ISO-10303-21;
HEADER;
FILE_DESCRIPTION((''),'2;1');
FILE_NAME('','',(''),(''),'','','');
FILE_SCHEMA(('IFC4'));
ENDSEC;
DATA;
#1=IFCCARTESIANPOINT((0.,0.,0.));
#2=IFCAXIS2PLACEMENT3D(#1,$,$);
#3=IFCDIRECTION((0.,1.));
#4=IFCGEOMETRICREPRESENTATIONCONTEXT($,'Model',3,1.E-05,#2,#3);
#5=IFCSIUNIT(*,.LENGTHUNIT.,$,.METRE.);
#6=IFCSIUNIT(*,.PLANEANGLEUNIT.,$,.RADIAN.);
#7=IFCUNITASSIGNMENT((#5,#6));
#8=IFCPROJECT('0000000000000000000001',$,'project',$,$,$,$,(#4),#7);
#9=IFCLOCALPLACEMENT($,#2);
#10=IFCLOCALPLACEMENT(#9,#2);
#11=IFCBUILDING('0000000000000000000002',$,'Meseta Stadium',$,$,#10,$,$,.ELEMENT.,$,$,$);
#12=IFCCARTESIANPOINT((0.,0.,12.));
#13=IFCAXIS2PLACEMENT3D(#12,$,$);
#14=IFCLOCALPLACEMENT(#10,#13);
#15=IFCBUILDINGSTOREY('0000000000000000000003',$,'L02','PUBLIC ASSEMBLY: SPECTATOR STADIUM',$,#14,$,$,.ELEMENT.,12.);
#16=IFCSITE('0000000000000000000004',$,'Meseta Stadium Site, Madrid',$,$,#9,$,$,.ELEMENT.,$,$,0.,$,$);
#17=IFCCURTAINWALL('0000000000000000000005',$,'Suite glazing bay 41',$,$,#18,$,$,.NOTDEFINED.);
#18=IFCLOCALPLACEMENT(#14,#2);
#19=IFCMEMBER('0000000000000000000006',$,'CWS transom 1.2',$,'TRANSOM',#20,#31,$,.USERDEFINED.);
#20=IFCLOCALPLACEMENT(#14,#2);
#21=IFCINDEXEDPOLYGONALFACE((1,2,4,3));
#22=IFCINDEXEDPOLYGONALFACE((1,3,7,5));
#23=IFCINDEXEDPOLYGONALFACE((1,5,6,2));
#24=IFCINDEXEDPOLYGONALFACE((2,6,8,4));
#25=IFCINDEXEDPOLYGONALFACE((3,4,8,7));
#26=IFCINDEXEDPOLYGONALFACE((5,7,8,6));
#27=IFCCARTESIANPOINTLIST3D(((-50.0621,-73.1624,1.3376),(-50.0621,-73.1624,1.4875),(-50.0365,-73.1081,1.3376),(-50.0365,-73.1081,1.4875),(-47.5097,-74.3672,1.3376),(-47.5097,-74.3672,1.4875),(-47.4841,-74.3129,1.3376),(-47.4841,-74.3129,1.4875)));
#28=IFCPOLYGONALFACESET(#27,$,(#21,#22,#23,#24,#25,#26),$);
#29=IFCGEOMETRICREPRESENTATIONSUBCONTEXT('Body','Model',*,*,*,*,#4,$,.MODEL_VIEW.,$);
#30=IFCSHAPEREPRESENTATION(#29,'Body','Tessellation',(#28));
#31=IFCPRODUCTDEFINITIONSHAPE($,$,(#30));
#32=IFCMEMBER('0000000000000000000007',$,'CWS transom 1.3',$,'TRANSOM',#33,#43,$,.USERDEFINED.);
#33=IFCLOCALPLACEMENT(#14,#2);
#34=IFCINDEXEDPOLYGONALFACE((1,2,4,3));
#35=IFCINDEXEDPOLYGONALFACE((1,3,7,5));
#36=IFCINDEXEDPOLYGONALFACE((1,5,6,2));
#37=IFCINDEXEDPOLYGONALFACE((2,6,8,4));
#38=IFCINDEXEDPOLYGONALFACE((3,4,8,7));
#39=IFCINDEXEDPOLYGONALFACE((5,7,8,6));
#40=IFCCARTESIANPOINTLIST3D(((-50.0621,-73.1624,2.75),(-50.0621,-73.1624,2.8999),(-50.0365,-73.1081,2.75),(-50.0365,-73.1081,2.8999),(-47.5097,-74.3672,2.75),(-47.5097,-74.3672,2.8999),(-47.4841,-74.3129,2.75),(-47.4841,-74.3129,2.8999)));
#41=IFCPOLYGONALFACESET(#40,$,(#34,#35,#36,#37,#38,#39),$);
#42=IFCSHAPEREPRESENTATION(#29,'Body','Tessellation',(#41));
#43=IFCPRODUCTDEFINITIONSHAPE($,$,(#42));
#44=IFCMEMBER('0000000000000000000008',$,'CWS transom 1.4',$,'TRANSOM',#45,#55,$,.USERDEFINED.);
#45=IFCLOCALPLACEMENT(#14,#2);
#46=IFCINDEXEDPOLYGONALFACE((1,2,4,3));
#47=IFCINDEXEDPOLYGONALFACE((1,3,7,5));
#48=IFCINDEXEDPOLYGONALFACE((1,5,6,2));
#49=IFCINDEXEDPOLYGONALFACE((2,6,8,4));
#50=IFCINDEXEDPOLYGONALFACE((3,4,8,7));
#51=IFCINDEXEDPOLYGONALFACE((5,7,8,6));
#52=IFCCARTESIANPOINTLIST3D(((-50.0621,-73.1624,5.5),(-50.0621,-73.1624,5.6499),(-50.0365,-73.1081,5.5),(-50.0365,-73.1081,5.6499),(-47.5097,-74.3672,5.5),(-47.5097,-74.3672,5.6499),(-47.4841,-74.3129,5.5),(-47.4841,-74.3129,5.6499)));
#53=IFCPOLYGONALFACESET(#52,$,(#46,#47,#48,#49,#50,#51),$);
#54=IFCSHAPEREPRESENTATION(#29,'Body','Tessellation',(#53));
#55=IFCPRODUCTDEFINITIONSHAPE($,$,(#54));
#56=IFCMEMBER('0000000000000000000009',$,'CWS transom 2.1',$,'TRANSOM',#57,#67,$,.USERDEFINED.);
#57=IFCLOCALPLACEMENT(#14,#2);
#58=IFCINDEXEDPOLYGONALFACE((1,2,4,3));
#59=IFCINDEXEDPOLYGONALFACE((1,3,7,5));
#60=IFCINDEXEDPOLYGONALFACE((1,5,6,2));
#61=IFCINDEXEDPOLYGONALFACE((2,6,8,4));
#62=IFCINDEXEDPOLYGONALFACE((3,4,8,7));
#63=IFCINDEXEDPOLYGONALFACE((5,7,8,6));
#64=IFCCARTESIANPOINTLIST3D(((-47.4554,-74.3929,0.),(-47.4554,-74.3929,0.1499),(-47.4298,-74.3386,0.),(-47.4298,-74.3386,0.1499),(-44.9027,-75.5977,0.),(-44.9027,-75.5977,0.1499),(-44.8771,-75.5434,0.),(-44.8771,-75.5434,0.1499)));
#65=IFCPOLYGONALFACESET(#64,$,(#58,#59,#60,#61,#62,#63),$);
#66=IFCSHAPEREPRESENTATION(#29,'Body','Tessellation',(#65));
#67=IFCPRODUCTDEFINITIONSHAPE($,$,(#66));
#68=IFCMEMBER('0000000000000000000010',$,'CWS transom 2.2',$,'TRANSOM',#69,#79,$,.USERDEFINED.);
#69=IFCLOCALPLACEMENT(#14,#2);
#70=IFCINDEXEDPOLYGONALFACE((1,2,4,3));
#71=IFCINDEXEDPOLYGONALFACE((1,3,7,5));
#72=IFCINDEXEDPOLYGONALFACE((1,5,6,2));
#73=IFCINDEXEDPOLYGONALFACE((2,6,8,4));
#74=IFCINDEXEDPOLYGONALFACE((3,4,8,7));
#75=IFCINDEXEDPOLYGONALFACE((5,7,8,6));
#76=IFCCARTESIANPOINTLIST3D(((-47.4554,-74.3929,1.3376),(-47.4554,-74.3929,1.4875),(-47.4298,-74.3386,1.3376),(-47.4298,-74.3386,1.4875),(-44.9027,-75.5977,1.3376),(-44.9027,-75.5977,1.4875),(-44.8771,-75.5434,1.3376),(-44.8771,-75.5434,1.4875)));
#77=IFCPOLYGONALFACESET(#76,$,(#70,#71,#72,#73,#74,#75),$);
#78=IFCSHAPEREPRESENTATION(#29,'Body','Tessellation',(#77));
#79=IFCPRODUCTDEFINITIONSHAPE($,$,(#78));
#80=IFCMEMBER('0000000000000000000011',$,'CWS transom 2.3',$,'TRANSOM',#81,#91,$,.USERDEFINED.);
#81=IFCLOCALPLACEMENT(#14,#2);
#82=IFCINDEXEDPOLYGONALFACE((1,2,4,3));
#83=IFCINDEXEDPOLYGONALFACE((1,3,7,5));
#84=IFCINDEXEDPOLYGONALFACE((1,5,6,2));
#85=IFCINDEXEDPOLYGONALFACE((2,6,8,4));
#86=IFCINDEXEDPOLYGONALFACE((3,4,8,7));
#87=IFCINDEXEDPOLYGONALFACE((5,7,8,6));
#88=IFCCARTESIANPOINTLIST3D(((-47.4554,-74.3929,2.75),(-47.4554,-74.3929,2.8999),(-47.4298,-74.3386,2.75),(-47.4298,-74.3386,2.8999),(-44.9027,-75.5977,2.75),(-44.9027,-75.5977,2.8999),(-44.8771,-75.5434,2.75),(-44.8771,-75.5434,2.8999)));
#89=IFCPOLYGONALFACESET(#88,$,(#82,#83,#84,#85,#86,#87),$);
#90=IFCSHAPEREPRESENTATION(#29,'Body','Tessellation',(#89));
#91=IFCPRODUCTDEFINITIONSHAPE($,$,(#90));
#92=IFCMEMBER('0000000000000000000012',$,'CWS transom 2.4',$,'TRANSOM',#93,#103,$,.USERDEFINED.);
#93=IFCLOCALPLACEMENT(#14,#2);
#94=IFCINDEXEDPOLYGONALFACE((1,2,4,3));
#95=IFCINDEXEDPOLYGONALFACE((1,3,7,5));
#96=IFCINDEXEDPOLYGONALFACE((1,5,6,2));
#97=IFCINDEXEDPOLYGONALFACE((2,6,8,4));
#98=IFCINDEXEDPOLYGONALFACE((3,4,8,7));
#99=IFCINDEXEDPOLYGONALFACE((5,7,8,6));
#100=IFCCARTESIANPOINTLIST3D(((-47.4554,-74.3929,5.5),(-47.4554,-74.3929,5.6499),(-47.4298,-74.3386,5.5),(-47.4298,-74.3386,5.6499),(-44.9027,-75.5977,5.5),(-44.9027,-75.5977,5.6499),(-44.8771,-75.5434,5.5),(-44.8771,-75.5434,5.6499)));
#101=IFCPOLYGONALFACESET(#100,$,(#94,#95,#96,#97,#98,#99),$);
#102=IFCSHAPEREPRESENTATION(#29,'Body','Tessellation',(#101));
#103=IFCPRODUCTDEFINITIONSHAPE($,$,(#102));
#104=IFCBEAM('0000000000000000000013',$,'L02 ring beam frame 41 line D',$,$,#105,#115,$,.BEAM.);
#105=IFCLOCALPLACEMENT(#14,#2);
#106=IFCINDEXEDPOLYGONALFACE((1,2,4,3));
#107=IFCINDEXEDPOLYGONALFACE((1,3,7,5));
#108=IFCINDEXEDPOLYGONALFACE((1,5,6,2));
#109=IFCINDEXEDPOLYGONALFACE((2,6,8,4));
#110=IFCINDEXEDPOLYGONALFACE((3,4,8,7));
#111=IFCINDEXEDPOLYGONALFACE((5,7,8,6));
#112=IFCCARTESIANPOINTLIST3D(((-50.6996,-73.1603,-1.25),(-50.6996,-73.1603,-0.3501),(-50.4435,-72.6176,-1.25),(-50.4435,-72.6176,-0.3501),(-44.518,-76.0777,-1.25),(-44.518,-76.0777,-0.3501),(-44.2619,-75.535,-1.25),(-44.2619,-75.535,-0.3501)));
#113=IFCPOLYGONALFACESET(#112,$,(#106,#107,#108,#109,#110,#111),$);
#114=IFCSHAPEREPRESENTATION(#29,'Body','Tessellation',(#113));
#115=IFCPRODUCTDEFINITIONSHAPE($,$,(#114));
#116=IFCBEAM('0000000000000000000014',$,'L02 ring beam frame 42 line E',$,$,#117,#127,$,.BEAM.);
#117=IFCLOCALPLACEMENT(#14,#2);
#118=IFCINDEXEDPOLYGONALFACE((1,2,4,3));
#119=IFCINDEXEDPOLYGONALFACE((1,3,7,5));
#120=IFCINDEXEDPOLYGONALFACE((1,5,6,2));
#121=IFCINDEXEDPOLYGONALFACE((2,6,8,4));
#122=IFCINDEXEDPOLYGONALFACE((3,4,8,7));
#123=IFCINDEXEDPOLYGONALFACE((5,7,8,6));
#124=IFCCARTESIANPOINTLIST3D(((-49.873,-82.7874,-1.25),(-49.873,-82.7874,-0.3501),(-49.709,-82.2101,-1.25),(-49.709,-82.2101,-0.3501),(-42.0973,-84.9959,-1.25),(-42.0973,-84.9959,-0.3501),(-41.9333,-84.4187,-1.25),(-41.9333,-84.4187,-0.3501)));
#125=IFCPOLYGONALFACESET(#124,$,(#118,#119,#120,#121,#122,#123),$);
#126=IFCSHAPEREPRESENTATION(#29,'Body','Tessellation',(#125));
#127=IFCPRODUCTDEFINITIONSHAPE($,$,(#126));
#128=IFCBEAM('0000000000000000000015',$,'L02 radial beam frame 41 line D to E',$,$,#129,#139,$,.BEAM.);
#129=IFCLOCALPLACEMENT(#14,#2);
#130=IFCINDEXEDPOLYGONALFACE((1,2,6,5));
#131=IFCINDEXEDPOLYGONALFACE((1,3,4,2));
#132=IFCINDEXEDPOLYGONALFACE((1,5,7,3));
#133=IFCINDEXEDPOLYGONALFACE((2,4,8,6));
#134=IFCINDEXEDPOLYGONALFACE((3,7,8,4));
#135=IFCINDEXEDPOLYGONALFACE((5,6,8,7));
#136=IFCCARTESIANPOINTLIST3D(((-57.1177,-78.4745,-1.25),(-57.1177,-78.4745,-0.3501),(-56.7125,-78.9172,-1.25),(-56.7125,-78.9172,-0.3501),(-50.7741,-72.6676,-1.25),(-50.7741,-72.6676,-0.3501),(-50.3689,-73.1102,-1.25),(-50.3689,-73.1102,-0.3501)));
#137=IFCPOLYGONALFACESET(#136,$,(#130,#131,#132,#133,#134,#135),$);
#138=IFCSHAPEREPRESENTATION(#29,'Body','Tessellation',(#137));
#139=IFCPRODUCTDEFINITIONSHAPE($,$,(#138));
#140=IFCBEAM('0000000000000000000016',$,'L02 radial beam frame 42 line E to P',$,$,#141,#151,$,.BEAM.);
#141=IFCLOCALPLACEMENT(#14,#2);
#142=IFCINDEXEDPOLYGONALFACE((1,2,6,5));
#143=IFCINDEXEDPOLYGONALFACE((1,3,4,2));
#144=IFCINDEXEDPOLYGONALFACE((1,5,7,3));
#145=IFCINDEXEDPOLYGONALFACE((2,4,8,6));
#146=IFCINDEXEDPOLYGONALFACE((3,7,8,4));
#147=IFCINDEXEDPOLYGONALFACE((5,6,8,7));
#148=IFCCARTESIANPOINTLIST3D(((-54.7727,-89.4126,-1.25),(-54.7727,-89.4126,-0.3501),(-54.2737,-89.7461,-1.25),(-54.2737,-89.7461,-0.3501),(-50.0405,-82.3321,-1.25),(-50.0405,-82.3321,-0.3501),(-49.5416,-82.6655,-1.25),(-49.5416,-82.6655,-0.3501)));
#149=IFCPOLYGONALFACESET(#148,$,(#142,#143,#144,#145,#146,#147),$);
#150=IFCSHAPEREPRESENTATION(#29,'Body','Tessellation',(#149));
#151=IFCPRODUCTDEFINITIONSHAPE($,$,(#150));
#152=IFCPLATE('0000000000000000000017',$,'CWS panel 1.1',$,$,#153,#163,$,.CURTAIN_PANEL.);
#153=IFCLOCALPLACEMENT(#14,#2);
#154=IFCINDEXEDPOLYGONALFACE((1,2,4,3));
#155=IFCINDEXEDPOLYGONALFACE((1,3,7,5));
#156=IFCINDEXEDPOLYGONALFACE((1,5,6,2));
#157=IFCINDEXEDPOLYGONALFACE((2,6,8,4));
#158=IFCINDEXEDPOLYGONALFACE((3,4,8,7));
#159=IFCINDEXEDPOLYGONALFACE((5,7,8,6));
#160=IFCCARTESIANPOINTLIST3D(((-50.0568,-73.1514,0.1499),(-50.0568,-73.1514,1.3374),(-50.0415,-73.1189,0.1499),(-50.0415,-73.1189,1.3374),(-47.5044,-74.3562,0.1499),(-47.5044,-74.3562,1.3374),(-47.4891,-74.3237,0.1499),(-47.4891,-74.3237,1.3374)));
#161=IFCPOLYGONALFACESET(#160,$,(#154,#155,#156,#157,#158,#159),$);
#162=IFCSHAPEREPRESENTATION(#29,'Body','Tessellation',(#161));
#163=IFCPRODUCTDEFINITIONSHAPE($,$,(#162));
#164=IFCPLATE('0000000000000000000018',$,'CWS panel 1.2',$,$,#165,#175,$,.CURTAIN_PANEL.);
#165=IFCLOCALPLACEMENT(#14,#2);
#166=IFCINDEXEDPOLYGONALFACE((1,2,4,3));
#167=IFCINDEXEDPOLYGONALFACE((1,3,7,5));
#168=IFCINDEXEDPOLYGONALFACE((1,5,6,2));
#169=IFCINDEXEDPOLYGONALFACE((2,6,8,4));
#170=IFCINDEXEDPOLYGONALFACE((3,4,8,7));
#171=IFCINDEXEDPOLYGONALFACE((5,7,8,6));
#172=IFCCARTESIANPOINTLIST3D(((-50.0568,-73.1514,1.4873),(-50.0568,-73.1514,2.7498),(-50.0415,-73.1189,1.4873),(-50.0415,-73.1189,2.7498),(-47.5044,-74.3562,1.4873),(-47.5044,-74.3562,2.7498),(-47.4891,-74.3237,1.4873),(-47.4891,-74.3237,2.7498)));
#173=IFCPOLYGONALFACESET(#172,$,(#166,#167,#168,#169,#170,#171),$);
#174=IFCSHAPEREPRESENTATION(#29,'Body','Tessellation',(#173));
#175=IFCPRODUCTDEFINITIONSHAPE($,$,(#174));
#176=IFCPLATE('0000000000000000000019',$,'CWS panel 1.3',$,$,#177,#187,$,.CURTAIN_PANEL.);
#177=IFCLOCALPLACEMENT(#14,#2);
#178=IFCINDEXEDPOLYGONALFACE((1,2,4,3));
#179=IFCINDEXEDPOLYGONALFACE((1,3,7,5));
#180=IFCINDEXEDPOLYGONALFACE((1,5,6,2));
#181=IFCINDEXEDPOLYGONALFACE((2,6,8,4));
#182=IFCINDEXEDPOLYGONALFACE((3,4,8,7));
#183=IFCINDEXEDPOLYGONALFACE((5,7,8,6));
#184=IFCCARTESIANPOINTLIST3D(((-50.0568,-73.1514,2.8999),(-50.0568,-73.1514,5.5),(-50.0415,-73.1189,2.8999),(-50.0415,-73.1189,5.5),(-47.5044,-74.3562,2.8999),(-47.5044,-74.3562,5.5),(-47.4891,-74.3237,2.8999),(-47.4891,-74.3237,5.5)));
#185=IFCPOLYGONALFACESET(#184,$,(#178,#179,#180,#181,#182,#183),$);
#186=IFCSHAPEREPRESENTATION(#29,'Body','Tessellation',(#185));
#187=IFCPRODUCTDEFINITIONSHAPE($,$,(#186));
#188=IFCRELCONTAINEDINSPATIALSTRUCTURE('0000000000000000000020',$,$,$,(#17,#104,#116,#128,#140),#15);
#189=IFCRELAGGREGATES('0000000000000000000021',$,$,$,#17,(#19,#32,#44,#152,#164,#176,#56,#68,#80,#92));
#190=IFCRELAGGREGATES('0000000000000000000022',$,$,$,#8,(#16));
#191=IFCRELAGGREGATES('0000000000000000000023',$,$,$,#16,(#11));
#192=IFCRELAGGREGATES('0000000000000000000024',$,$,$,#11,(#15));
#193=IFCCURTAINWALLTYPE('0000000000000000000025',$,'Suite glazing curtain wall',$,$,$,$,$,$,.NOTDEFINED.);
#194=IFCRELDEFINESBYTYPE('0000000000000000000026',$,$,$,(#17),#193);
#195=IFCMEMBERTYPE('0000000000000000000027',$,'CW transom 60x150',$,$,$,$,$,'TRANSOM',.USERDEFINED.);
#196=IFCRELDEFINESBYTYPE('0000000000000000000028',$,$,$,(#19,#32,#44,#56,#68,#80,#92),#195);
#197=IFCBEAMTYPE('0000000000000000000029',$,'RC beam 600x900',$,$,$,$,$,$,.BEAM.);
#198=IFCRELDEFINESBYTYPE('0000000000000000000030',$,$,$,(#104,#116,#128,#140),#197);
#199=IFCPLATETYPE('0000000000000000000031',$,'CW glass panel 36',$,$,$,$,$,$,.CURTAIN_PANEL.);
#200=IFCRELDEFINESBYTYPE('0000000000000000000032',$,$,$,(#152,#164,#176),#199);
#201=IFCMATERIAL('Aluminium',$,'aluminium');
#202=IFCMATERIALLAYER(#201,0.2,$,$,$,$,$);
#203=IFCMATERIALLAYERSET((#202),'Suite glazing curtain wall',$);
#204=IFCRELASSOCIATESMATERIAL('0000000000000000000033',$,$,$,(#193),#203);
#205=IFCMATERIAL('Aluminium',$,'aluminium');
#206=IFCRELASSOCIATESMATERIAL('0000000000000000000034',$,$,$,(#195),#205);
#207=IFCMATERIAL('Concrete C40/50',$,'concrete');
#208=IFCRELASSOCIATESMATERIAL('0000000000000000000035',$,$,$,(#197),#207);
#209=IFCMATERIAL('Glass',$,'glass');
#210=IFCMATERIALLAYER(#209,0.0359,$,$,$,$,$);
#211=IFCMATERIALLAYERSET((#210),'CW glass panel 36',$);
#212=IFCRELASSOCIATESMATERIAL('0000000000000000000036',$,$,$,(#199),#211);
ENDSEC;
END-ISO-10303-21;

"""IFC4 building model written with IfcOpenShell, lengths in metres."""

from ifc_helpers import new_model, si_unit, direction, frame, origin, origin_2d, place, context, subcontext, project, spatial, rectangle, extrude, material, layer, layer_set, material_profile, profile_set, type_object, element, aggregate, save


model = new_model("IFC4")

# Units and contexts
model_context = context("Model", 3, precision=1e-05, world=origin(), true_north=direction((0.0, 1.0)))
body_context = subcontext(model_context, "Body", "Model", "MODEL_VIEW")
ifc_project = project(units=[si_unit("LENGTHUNIT", "METRE"), si_unit("PLANEANGLEUNIT", "RADIAN")], contexts=[model_context])

# Site, building, storey
site_placement = place(None, origin())
site = spatial("IfcSite", under=ifc_project, at=site_placement, Name="Meseta Stadium Site, Madrid", CompositionType="ELEMENT", RefElevation=0.0)
building_placement = place(site_placement, origin())
building = spatial("IfcBuilding", under=site, at=building_placement, Name="Meseta Stadium", CompositionType="ELEMENT")
storey_placement = place(building_placement, frame((0.0, 0.0, 12.0)))
storey = spatial("IfcBuildingStorey", under=building, at=storey_placement, Name="L02", Description="PUBLIC ASSEMBLY: SPECTATOR STADIUM", CompositionType="ELEMENT", Elevation=12.0)

# Shared definitions
ifc_material_1 = material(Name="Aluminium", Category="aluminium")
ifc_layer_1 = layer(ifc_material_1, 0.2)
ifc_layer_set_1 = layer_set([ifc_layer_1], Name="Suite glazing curtain wall")
curtain_wall_type = type_object("IfcCurtainWallType", Name="Suite glazing curtain wall", PredefinedType="NOTDEFINED", material=ifc_layer_set_1)

# Curtain wall, members
curtain_wall_1_placement = place(storey_placement, origin())
curtain_wall_1 = element("IfcCurtainWall", 1, at=curtain_wall_1_placement, inside=storey, type_object=curtain_wall_type, Name="Suite glazing bay 41", PredefinedType="NOTDEFINED")
ifc_material_2 = material(Name="Aluminium", Category="aluminium")
ifc_material_profile_1 = material_profile(ifc_material_2, rectangle(XDim=0.0601, YDim=0.1499, at=origin_2d()), Name="CW 60x150")
ifc_profile_set_1 = profile_set([ifc_material_profile_1], Name="Aluminium")
member_type_1 = type_object("IfcMemberType", Name="CW transom 60x150", ElementType="TRANSOM", PredefinedType="USERDEFINED", material=ifc_profile_set_1)
member_1_placement = place(storey_placement, frame((-50.0493, -73.1353, 1.4126), z_axis=(0.904318, -0.426859, 0.0), x_axis=(0.426859, 0.904318, 0.0)))
member_1 = element("IfcMember", 2, at=member_1_placement, type_object=member_type_1, Name="CWS transom 1.2", ObjectType="TRANSOM", PredefinedType="USERDEFINED", context=body_context, shape_type="SweptSolid", body=[
    extrude(rectangle(XDim=0.0601, YDim=0.1499, at=origin_2d()), origin(), (0.0, 0.0, 1.0), 2.8225),
])
member_2_placement = place(storey_placement, frame((-50.0493, -73.1353, 2.825), z_axis=(0.904318, -0.426859, 0.0), x_axis=(0.426859, 0.904318, 0.0)))
member_2 = element("IfcMember", 3, at=member_2_placement, type_object=member_type_1, Name="CWS transom 1.3", ObjectType="TRANSOM", PredefinedType="USERDEFINED", context=body_context, shape_type="SweptSolid", body=[
    extrude(rectangle(XDim=0.0601, YDim=0.1499, at=origin_2d()), origin(), (0.0, 0.0, 1.0), 2.8225),
])
member_3_placement = place(storey_placement, frame((-50.0493, -73.1353, 5.575), z_axis=(0.904318, -0.426859, 0.0), x_axis=(0.426859, 0.904318, 0.0)))
member_3 = element("IfcMember", 4, at=member_3_placement, type_object=member_type_1, Name="CWS transom 1.4", ObjectType="TRANSOM", PredefinedType="USERDEFINED", context=body_context, shape_type="SweptSolid", body=[
    extrude(rectangle(XDim=0.0601, YDim=0.1499, at=origin_2d()), origin(), (0.0, 0.0, 1.0), 2.8225),
])
member_4_placement = place(storey_placement, frame((-47.4426, -74.3657, 0.075), z_axis=(0.904334, -0.426826, 0.0), x_axis=(0.426826, 0.904334, 0.0)))
member_4 = element("IfcMember", 5, at=member_4_placement, type_object=member_type_1, Name="CWS transom 2.1", ObjectType="TRANSOM", PredefinedType="USERDEFINED", context=body_context, shape_type="SweptSolid", body=[
    extrude(rectangle(XDim=0.0601, YDim=0.1499, at=origin_2d()), origin(), (0.0, 0.0, 1.0), 2.8228),
])
member_5_placement = place(storey_placement, frame((-47.4426, -74.3657, 1.4126), z_axis=(0.904334, -0.426826, 0.0), x_axis=(0.426826, 0.904334, 0.0)))
member_5 = element("IfcMember", 6, at=member_5_placement, type_object=member_type_1, Name="CWS transom 2.2", ObjectType="TRANSOM", PredefinedType="USERDEFINED", context=body_context, shape_type="SweptSolid", body=[
    extrude(rectangle(XDim=0.0601, YDim=0.1499, at=origin_2d()), origin(), (0.0, 0.0, 1.0), 2.8228),
])
member_6_placement = place(storey_placement, frame((-47.4426, -74.3657, 2.825), z_axis=(0.904334, -0.426826, 0.0), x_axis=(0.426826, 0.904334, 0.0)))
member_6 = element("IfcMember", 7, at=member_6_placement, type_object=member_type_1, Name="CWS transom 2.3", ObjectType="TRANSOM", PredefinedType="USERDEFINED", context=body_context, shape_type="SweptSolid", body=[
    extrude(rectangle(XDim=0.0601, YDim=0.1499, at=origin_2d()), origin(), (0.0, 0.0, 1.0), 2.8228),
])
member_7_placement = place(storey_placement, frame((-47.4426, -74.3657, 5.575), z_axis=(0.904334, -0.426826, 0.0), x_axis=(0.426826, 0.904334, 0.0)))
member_7 = element("IfcMember", 8, at=member_7_placement, type_object=member_type_1, Name="CWS transom 2.4", ObjectType="TRANSOM", PredefinedType="USERDEFINED", context=body_context, shape_type="SweptSolid", body=[
    extrude(rectangle(XDim=0.0601, YDim=0.1499, at=origin_2d()), origin(), (0.0, 0.0, 1.0), 2.8228),
])

# Beams
ifc_material_3 = material(Name="Concrete C40/50", Category="concrete")
ifc_material_profile_2 = material_profile(ifc_material_3, rectangle(XDim=0.6001, YDim=0.8999, at=origin_2d()), Name="RC 600x900")
ifc_profile_set_2 = profile_set([ifc_material_profile_2], Name="Concrete C40/50")
beam_type = type_object("IfcBeamType", Name="RC beam 600x900", PredefinedType="BEAM", material=ifc_profile_set_2)
beam_1_placement = place(storey_placement, frame((-50.5715, -72.8889, -0.8), z_axis=(0.904341, -0.426812, 0.0), x_axis=(0.426812, 0.904341, 0.0)))
element("IfcBeam", 9, at=beam_1_placement, inside=storey, type_object=beam_type, Name="L02 ring beam frame 41 line D", PredefinedType="BEAM", context=body_context, shape_type="SweptSolid", body=[
    extrude(rectangle(XDim=0.6001, YDim=0.8999, at=origin_2d()), origin(), (0.0, 0.0, 1.0), 6.8354),
])
beam_2_placement = place(storey_placement, frame((-49.791, -82.4988, -0.8), z_axis=(0.961951, -0.273221, 0.0), x_axis=(0.273221, 0.961951, 0.0)))
element("IfcBeam", 10, at=beam_2_placement, inside=storey, type_object=beam_type, Name="L02 ring beam frame 42 line E", PredefinedType="BEAM", context=body_context, shape_type="SweptSolid", body=[
    extrude(rectangle(XDim=0.6001, YDim=0.8999, at=origin_2d()), origin(), (0.0, 0.0, 1.0), 8.0833),
])
beam_3_placement = place(storey_placement, frame((-50.5715, -72.8889, -0.8), z_axis=(-0.737617, -0.675219, 0.0), x_axis=(0.675219, -0.737617, 0.0)))
element("IfcBeam", 11, at=beam_3_placement, inside=storey, type_object=beam_type, Name="L02 radial beam frame 41 line D to E", PredefinedType="BEAM", context=body_context, shape_type="SweptSolid", body=[
    extrude(rectangle(XDim=0.6001, YDim=0.8999, at=origin_2d()), origin(), (0.0, 0.0, 1.0), 8.6001),
])
beam_4_placement = place(storey_placement, frame((-49.791, -82.4988, -0.8), z_axis=(-0.555659, -0.83141, 0.0), x_axis=(0.83141, -0.555659, 0.0)))
element("IfcBeam", 12, at=beam_4_placement, inside=storey, type_object=beam_type, Name="L02 radial beam frame 42 line E to P", PredefinedType="BEAM", context=body_context, shape_type="SweptSolid", body=[
    extrude(rectangle(XDim=0.6001, YDim=0.8999, at=origin_2d()), origin(), (0.0, 0.0, 1.0), 8.5164),
])

# Plates
ifc_material_4 = material(Name="Glass", Category="glass")
ifc_layer_2 = layer(ifc_material_4, 0.0359)
ifc_layer_set_2 = layer_set([ifc_layer_2], Name="CW glass panel 36")
plate_type = type_object("IfcPlateType", Name="CW glass panel 36", PredefinedType="CURTAIN_PANEL", material=ifc_layer_set_2)
plate_1_placement = place(storey_placement, frame((-48.7729, -73.7375, 0.1499), z_axis=(0.0, 0.0, 1.0), x_axis=(0.904328, -0.426837, 0.0)))
plate_1 = element("IfcPlate", 13, at=plate_1_placement, type_object=plate_type, Name="CWS panel 1.1", PredefinedType="CURTAIN_PANEL", context=body_context, shape_type="SweptSolid", body=[
    extrude(rectangle(XDim=2.8225, YDim=0.0359, at=origin_2d()), origin(), (0.0, 0.0, 1.0), 1.1875),
])
plate_2_placement = place(storey_placement, frame((-48.7729, -73.7375, 1.4873), z_axis=(0.0, 0.0, 1.0), x_axis=(0.904328, -0.426837, 0.0)))
plate_2 = element("IfcPlate", 14, at=plate_2_placement, type_object=plate_type, Name="CWS panel 1.2", PredefinedType="CURTAIN_PANEL", context=body_context, shape_type="SweptSolid", body=[
    extrude(rectangle(XDim=2.8225, YDim=0.0359, at=origin_2d()), origin(), (0.0, 0.0, 1.0), 1.2625),
])
plate_3_placement = place(storey_placement, frame((-48.7729, -73.7375, 2.8999), z_axis=(0.0, 0.0, 1.0), x_axis=(0.904328, -0.426837, 0.0)))
plate_3 = element("IfcPlate", 15, at=plate_3_placement, type_object=plate_type, Name="CWS panel 1.3", PredefinedType="CURTAIN_PANEL", context=body_context, shape_type="SweptSolid", body=[
    extrude(rectangle(XDim=2.8225, YDim=0.0359, at=origin_2d()), origin(), (0.0, 0.0, 1.0), 2.6001),
])
aggregate(curtain_wall_1, [member_1, member_2, member_3, plate_1, plate_2, plate_3, member_4, member_5, member_6, member_7])

save(model, "model.ifc")
